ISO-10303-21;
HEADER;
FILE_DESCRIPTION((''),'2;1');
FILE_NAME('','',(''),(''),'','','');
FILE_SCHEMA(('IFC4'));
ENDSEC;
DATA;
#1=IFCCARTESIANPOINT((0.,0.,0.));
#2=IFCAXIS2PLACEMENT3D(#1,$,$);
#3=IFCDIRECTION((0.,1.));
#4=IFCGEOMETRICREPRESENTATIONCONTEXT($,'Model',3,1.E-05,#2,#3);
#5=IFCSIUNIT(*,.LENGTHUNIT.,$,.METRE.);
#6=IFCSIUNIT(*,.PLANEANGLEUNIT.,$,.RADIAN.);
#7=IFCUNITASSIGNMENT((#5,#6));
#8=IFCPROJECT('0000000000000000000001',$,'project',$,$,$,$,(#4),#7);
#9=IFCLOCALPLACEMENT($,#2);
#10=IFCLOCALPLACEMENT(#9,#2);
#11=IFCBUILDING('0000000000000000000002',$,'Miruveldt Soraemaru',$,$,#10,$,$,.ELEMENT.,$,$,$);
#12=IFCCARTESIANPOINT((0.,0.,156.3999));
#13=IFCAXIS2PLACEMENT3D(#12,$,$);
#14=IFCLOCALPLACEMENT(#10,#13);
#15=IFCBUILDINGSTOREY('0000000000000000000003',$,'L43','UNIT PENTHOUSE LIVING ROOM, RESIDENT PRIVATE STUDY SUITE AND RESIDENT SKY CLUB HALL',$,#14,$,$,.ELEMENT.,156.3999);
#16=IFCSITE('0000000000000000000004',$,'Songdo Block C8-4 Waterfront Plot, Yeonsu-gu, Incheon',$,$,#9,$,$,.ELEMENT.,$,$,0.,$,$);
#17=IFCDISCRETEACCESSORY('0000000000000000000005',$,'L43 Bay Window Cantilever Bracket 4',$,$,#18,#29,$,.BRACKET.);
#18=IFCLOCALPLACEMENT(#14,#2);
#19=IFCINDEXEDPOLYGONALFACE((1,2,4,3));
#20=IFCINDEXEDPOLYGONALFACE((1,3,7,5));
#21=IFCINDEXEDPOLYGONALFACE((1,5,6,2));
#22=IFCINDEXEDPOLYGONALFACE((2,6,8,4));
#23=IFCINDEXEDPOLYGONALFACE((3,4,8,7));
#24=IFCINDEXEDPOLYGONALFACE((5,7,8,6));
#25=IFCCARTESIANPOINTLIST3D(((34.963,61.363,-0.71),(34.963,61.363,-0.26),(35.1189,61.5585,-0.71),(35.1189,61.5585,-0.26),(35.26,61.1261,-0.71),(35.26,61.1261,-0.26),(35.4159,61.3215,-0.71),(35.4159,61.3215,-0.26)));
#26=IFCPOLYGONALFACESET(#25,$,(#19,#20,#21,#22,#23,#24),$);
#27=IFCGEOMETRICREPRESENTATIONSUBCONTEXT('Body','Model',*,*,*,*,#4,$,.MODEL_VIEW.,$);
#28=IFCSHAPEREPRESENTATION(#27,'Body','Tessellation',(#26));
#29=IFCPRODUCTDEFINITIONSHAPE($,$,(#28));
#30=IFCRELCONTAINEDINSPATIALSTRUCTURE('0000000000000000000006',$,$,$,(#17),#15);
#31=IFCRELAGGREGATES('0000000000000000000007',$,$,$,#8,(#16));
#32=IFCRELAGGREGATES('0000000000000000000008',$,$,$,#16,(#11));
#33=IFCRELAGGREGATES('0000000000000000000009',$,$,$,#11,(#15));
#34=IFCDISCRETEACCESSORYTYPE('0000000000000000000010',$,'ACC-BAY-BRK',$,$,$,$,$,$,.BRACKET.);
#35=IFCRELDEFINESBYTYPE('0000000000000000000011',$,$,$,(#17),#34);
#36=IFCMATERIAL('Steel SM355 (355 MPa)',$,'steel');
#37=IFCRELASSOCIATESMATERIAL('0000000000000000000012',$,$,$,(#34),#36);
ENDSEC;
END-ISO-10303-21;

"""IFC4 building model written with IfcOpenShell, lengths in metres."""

from ifc_helpers import new_model, si_unit, direction, frame, origin, origin_2d, place, context, subcontext, project, spatial, rectangle, extrude, material, type_object, element, save


model = new_model("IFC4")

# Units and contexts
model_context = context("Model", 3, precision=1e-05, world=origin(), true_north=direction((0.0, 1.0)))
body_context = subcontext(model_context, "Body", "Model", "MODEL_VIEW")
ifc_project = project(units=[si_unit("LENGTHUNIT", "METRE"), si_unit("PLANEANGLEUNIT", "RADIAN")], contexts=[model_context])

# Site, building, storey
site_placement = place(None, origin())
site = spatial("IfcSite", under=ifc_project, at=site_placement, Name="Songdo Block C8-4 Waterfront Plot, Yeonsu-gu, Incheon", CompositionType="ELEMENT", RefElevation=0.0)
building_placement = place(site_placement, origin())
building = spatial("IfcBuilding", under=site, at=building_placement, Name="Miruveldt Soraemaru", CompositionType="ELEMENT")
storey_placement = place(building_placement, frame((0.0, 0.0, 156.3999)))
storey = spatial("IfcBuildingStorey", under=building, at=storey_placement, Name="L43", Description="UNIT PENTHOUSE LIVING ROOM, RESIDENT PRIVATE STUDY SUITE AND RESIDENT SKY CLUB HALL", CompositionType="ELEMENT", Elevation=156.3999)

# Discrete accessory
ifc_material_1 = material(Name="Steel SM355 (355 MPa)", Category="steel")
discrete_accessory_type = type_object("IfcDiscreteAccessoryType", Name="ACC-BAY-BRK", PredefinedType="BRACKET", material=ifc_material_1)
discrete_accessory_placement = place(storey_placement, frame((35.1895, 61.3423, -0.71), z_axis=(0.0, 0.0, 1.0), x_axis=(-0.781727, 0.62362, 0.0)))
element("IfcDiscreteAccessory", 1, at=discrete_accessory_placement, inside=storey, type_object=discrete_accessory_type, Name="L43 Bay Window Cantilever Bracket 4", PredefinedType="BRACKET", context=body_context, shape_type="SweptSolid", body=[
    extrude(rectangle(XDim=0.3799, YDim=0.25, at=origin_2d()), origin(), (0.0, 0.0, 1.0), 0.45),
])

save(model, "model.ifc")
